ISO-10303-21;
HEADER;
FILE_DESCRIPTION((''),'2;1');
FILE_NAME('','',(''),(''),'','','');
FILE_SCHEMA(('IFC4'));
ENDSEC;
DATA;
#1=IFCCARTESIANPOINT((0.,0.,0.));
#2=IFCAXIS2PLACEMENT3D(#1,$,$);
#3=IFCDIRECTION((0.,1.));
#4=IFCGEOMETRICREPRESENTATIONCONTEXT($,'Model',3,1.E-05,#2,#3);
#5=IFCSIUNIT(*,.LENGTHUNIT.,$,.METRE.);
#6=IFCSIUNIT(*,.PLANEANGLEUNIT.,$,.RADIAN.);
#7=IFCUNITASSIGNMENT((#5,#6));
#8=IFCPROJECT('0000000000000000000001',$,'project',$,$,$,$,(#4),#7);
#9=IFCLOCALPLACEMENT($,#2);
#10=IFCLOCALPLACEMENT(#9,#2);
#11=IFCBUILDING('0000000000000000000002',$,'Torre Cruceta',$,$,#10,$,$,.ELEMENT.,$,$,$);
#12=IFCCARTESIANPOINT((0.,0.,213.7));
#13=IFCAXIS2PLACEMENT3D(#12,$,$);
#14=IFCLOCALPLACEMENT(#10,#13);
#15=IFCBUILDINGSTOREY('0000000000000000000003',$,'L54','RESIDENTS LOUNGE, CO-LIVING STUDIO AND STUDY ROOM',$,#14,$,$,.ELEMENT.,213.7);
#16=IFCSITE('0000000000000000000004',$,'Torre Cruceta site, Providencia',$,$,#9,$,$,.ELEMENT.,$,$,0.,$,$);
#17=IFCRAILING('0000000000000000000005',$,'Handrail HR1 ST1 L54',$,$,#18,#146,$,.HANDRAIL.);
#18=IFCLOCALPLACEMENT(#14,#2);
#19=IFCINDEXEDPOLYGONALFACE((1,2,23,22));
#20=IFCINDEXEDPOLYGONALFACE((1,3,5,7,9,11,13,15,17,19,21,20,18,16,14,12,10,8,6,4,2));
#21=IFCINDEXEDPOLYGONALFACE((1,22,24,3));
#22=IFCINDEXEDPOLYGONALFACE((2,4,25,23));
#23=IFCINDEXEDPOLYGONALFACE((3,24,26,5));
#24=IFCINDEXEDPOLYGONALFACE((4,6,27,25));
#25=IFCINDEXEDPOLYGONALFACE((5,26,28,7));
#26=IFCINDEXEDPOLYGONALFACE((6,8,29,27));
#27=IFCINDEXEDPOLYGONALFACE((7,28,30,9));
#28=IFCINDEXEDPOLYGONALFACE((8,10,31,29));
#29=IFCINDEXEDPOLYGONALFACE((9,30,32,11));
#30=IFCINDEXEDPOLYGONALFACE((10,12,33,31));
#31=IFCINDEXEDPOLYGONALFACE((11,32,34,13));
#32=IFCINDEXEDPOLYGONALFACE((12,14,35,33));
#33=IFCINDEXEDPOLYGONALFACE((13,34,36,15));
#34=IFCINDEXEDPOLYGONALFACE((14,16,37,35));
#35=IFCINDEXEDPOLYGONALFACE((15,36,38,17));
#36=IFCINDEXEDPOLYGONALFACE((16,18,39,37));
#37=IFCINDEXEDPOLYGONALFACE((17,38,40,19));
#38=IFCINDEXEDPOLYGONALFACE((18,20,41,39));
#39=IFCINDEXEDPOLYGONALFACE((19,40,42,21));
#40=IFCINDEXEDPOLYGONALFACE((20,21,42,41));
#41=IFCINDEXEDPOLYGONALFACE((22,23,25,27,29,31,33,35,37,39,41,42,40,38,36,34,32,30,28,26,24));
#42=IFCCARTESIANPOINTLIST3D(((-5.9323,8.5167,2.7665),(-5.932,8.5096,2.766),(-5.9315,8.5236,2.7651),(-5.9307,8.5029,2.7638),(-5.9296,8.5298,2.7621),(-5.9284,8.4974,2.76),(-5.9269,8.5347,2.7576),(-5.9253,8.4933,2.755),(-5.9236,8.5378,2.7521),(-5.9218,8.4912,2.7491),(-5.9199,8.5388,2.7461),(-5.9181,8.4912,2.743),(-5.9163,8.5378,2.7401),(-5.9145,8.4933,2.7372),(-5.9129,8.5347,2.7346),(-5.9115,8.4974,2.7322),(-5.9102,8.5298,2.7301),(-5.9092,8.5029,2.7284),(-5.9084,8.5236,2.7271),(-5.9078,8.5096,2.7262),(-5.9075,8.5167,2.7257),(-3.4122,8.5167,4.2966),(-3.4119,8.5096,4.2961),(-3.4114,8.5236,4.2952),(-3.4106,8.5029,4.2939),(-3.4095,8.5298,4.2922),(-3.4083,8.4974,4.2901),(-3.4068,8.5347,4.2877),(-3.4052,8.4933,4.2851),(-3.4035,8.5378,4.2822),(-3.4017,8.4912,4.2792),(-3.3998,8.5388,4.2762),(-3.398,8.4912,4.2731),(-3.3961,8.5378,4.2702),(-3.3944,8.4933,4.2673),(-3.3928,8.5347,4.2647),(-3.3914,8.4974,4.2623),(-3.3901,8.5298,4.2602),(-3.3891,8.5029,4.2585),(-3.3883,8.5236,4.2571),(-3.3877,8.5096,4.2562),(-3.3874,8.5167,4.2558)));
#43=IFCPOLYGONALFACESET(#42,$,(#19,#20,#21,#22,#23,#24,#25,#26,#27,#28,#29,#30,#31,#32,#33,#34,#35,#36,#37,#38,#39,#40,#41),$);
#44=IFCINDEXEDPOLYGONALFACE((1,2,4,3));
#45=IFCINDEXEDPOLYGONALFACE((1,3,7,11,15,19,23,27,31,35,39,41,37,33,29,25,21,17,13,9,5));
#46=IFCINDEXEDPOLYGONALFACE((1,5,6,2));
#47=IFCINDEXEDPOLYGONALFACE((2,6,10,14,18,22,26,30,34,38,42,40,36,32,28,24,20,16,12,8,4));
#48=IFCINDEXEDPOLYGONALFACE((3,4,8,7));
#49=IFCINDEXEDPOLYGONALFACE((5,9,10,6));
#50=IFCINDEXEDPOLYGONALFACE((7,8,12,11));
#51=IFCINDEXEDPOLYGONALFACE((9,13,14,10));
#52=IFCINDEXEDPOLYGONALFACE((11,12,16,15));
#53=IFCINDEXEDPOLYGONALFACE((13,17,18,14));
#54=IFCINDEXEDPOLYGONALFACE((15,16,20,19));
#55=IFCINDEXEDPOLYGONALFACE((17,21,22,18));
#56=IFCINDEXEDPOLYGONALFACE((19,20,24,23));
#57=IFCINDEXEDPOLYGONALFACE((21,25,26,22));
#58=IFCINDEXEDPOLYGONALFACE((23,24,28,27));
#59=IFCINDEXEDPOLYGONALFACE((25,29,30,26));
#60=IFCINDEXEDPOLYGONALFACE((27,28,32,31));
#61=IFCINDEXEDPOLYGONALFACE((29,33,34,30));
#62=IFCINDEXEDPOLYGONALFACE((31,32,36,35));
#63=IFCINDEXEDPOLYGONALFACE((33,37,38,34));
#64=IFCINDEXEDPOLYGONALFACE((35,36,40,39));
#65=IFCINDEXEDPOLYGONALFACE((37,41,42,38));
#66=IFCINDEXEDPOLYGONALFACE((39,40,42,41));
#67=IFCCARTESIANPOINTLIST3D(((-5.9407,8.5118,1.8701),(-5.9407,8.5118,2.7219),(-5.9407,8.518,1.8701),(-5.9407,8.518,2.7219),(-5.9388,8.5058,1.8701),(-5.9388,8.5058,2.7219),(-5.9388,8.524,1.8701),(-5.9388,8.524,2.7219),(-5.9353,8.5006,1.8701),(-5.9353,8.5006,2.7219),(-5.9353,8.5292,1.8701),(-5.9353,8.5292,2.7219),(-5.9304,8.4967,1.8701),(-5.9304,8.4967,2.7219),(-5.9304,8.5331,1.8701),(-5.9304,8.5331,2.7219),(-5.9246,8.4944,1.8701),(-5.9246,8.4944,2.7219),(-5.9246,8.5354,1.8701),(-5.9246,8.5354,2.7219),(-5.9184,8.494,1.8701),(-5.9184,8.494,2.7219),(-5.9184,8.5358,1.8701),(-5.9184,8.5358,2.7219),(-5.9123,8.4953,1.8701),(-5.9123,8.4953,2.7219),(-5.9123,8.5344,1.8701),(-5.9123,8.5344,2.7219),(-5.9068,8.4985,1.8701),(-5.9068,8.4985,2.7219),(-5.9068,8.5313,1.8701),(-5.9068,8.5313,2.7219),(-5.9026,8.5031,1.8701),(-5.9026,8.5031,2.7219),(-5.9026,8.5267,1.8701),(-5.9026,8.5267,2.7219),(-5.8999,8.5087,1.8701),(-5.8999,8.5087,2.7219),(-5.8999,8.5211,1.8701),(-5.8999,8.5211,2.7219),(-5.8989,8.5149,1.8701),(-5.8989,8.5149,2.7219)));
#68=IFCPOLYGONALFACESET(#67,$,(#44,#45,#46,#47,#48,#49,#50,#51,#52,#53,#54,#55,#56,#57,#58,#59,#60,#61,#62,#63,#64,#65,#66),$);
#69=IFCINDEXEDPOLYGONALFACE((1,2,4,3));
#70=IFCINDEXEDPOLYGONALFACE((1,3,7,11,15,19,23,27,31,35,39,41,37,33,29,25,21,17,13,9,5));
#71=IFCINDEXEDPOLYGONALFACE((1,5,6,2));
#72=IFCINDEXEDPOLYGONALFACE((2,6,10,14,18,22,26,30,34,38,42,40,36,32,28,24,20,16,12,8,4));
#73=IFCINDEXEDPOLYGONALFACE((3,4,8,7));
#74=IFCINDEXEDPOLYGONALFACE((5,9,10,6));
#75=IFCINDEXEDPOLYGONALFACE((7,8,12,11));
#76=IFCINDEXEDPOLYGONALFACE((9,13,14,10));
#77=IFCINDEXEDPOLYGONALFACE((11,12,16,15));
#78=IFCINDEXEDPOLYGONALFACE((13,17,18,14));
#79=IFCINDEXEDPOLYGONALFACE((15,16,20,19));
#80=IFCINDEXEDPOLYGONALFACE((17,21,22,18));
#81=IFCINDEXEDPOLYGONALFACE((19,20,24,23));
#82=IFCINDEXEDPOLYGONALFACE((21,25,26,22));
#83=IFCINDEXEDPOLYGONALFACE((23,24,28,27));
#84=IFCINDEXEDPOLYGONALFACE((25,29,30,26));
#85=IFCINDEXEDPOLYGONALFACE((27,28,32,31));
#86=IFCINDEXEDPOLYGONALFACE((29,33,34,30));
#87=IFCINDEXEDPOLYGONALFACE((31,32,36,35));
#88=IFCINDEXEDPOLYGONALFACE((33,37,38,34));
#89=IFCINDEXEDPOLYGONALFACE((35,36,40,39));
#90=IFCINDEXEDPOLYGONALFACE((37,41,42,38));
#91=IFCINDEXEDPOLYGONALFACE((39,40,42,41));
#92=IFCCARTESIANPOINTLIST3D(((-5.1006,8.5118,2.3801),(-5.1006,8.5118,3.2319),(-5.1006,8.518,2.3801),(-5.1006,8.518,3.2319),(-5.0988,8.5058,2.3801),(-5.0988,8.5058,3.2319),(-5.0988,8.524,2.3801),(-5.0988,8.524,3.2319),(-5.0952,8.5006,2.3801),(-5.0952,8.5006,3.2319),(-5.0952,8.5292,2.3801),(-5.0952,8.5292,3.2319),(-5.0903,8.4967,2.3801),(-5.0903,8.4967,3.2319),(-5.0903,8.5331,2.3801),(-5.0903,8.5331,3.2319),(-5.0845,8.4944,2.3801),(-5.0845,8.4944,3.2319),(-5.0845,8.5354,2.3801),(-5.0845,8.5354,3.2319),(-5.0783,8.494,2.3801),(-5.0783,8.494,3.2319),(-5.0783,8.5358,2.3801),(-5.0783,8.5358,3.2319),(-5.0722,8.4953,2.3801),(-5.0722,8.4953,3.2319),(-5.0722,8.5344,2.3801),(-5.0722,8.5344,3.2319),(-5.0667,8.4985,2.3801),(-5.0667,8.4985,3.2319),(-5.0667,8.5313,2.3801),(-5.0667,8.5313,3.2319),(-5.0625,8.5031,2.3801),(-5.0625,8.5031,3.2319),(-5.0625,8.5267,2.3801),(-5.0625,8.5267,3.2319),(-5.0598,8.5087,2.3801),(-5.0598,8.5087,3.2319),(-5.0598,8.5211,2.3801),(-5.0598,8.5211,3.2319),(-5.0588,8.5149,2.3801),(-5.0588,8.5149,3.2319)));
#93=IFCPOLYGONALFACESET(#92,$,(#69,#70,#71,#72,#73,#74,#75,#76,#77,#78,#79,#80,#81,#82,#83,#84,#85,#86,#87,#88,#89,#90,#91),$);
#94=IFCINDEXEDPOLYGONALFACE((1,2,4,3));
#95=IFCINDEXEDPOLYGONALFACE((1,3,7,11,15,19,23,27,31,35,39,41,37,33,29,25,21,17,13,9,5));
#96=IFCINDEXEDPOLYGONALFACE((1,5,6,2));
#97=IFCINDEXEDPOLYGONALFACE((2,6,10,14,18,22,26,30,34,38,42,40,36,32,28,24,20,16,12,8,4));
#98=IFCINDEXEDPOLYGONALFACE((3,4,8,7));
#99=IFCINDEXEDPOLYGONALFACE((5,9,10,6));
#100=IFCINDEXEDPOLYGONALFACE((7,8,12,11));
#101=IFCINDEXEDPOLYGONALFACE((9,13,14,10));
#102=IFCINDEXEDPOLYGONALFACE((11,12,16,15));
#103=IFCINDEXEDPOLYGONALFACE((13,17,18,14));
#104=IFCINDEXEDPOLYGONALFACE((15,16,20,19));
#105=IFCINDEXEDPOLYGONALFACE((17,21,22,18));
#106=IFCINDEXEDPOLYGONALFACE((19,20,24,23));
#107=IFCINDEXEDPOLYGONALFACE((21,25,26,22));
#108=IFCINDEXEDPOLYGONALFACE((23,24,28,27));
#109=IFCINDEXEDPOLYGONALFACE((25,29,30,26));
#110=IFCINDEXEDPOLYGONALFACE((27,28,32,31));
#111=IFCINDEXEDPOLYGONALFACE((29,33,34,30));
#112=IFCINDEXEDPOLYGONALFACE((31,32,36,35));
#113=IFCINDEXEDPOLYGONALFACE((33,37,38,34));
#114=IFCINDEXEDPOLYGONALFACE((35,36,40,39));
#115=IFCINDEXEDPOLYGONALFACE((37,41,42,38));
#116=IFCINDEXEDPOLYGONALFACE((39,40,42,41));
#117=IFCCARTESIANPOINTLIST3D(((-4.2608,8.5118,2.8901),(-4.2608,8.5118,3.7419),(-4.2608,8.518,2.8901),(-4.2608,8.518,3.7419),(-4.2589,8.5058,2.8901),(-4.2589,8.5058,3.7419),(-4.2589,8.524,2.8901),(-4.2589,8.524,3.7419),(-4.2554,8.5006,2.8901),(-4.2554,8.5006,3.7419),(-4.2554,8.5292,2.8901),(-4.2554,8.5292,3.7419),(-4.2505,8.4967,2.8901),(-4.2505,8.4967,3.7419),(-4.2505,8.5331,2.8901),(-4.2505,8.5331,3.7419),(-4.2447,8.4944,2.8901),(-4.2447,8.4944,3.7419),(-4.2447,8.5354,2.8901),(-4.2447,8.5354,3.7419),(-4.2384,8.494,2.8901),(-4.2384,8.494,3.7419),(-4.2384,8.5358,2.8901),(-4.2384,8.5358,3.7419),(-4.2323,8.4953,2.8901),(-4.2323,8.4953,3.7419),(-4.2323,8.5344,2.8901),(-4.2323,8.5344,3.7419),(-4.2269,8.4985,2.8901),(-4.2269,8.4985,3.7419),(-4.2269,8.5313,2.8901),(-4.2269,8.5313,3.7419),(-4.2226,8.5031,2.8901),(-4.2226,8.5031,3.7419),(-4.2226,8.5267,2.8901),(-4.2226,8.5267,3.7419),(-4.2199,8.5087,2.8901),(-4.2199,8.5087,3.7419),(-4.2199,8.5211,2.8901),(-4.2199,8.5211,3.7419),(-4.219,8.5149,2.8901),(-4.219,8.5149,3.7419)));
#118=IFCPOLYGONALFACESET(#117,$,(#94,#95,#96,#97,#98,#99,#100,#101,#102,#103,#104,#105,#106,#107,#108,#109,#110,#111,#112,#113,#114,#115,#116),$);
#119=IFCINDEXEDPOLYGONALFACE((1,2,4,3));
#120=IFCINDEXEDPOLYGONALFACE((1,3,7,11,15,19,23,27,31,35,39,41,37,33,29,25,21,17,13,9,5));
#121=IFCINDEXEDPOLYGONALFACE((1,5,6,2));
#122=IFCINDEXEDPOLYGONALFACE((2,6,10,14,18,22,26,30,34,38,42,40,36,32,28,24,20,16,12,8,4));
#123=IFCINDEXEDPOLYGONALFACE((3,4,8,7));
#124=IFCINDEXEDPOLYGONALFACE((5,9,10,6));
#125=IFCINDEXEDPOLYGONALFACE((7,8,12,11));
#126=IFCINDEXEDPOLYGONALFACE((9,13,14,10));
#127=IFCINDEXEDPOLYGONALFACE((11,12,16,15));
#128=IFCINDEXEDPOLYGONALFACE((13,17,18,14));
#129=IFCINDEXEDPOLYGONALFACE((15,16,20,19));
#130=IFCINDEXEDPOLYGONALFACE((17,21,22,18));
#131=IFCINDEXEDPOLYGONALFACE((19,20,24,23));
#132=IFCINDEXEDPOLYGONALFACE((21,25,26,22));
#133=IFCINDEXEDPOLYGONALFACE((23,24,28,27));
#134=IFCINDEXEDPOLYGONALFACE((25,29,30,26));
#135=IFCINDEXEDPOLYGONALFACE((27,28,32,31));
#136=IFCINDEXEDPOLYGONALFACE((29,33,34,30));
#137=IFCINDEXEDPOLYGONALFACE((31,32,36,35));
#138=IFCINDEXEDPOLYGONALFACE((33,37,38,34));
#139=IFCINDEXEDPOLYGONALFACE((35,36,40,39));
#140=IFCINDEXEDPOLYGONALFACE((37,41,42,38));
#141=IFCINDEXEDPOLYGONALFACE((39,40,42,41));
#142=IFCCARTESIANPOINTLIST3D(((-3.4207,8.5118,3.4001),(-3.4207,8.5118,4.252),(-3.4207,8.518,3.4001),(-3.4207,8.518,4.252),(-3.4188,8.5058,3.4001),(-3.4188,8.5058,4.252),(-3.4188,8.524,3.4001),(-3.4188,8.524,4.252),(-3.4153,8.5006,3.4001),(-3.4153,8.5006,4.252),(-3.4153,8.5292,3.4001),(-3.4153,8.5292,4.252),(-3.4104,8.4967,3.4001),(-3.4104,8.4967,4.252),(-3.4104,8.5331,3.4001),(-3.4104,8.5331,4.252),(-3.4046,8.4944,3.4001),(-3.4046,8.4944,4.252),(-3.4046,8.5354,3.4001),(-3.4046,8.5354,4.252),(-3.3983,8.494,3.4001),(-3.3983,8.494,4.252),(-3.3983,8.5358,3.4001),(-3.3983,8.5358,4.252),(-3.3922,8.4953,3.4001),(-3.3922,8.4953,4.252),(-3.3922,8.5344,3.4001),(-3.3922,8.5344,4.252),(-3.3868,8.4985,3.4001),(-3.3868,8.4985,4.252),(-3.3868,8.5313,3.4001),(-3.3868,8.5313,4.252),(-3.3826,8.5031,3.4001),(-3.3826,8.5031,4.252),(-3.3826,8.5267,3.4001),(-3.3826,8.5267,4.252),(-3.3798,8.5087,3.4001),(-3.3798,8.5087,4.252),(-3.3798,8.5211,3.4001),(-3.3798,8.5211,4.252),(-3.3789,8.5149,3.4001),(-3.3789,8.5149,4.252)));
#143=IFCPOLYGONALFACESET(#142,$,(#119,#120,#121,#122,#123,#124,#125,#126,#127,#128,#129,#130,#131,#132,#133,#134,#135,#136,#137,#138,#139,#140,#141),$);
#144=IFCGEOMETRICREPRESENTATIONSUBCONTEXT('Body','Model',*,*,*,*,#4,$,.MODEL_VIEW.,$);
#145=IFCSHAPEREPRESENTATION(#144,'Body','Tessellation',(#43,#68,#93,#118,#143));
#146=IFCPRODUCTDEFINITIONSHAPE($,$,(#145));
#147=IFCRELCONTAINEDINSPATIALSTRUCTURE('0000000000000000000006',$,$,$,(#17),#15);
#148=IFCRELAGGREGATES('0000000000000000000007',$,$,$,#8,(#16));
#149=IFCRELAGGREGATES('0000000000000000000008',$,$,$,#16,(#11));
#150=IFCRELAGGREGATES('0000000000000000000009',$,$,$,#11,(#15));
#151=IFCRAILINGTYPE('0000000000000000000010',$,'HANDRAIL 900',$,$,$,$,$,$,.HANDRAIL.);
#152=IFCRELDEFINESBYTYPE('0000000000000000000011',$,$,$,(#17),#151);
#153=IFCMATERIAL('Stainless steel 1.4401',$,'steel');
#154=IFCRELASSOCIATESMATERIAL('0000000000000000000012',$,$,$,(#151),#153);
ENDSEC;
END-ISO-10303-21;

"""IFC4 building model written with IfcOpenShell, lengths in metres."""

from ifc_helpers import new_model, si_unit, direction, frame, origin, origin_2d, place, context, subcontext, project, spatial, circle, extrude, material, type_object, element, save


model = new_model("IFC4")

# Units and contexts
model_context = context("Model", 3, precision=1e-05, world=origin(), true_north=direction((0.0, 1.0)))
body_context = subcontext(model_context, "Body", "Model", "MODEL_VIEW")
ifc_project = project(units=[si_unit("LENGTHUNIT", "METRE"), si_unit("PLANEANGLEUNIT", "RADIAN")], contexts=[model_context])

# Site, building, storey
site_placement = place(None, origin())
site = spatial("IfcSite", under=ifc_project, at=site_placement, Name="Torre Cruceta site, Providencia", CompositionType="ELEMENT", RefElevation=0.0)
building_placement = place(site_placement, origin())
building = spatial("IfcBuilding", under=site, at=building_placement, Name="Torre Cruceta", CompositionType="ELEMENT")
storey_placement = place(building_placement, frame((0.0, 0.0, 213.7)))
storey = spatial("IfcBuildingStorey", under=building, at=storey_placement, Name="L54", Description="RESIDENTS LOUNGE, CO-LIVING STUDIO AND STUDY ROOM", CompositionType="ELEMENT", Elevation=213.7)

# Railing
ifc_material_1 = material(Name="Stainless steel 1.4401", Category="steel")
railing_type = type_object("IfcRailingType", Name="HANDRAIL 900", PredefinedType="HANDRAIL", material=ifc_material_1)
railing_placement = place(storey_placement, frame((-5.9199, 8.5149, 1.8701)))
element("IfcRailing", 1, at=railing_placement, inside=storey, type_object=railing_type, Name="Handrail HR1 ST1 L54", PredefinedType="HANDRAIL", context=body_context, shape_type="SweptSolid", body=[
    extrude(circle(Radius=0.0239, at=origin_2d()), frame((0.0, 0.0, 0.876), z_axis=(0.854785, 0.0, 0.518982), x_axis=(0.0, 1.0, 0.0)), (0.0, 0.0, 1.0), 2.9482),
    extrude(circle(Radius=0.021, at=origin_2d()), origin(), (0.0, 0.0, 1.0), 0.8518),
    extrude(circle(Radius=0.021, at=origin_2d()), frame((0.8401, 0.0, 0.51)), (0.0, 0.0, 1.0), 0.8518),
    extrude(circle(Radius=0.021, at=origin_2d()), frame((1.6799, 0.0, 1.02)), (0.0, 0.0, 1.0), 0.8518),
    extrude(circle(Radius=0.021, at=origin_2d()), frame((2.52, 0.0, 1.53)), (0.0, 0.0, 1.0), 0.8518),
])

save(model, "model.ifc")
